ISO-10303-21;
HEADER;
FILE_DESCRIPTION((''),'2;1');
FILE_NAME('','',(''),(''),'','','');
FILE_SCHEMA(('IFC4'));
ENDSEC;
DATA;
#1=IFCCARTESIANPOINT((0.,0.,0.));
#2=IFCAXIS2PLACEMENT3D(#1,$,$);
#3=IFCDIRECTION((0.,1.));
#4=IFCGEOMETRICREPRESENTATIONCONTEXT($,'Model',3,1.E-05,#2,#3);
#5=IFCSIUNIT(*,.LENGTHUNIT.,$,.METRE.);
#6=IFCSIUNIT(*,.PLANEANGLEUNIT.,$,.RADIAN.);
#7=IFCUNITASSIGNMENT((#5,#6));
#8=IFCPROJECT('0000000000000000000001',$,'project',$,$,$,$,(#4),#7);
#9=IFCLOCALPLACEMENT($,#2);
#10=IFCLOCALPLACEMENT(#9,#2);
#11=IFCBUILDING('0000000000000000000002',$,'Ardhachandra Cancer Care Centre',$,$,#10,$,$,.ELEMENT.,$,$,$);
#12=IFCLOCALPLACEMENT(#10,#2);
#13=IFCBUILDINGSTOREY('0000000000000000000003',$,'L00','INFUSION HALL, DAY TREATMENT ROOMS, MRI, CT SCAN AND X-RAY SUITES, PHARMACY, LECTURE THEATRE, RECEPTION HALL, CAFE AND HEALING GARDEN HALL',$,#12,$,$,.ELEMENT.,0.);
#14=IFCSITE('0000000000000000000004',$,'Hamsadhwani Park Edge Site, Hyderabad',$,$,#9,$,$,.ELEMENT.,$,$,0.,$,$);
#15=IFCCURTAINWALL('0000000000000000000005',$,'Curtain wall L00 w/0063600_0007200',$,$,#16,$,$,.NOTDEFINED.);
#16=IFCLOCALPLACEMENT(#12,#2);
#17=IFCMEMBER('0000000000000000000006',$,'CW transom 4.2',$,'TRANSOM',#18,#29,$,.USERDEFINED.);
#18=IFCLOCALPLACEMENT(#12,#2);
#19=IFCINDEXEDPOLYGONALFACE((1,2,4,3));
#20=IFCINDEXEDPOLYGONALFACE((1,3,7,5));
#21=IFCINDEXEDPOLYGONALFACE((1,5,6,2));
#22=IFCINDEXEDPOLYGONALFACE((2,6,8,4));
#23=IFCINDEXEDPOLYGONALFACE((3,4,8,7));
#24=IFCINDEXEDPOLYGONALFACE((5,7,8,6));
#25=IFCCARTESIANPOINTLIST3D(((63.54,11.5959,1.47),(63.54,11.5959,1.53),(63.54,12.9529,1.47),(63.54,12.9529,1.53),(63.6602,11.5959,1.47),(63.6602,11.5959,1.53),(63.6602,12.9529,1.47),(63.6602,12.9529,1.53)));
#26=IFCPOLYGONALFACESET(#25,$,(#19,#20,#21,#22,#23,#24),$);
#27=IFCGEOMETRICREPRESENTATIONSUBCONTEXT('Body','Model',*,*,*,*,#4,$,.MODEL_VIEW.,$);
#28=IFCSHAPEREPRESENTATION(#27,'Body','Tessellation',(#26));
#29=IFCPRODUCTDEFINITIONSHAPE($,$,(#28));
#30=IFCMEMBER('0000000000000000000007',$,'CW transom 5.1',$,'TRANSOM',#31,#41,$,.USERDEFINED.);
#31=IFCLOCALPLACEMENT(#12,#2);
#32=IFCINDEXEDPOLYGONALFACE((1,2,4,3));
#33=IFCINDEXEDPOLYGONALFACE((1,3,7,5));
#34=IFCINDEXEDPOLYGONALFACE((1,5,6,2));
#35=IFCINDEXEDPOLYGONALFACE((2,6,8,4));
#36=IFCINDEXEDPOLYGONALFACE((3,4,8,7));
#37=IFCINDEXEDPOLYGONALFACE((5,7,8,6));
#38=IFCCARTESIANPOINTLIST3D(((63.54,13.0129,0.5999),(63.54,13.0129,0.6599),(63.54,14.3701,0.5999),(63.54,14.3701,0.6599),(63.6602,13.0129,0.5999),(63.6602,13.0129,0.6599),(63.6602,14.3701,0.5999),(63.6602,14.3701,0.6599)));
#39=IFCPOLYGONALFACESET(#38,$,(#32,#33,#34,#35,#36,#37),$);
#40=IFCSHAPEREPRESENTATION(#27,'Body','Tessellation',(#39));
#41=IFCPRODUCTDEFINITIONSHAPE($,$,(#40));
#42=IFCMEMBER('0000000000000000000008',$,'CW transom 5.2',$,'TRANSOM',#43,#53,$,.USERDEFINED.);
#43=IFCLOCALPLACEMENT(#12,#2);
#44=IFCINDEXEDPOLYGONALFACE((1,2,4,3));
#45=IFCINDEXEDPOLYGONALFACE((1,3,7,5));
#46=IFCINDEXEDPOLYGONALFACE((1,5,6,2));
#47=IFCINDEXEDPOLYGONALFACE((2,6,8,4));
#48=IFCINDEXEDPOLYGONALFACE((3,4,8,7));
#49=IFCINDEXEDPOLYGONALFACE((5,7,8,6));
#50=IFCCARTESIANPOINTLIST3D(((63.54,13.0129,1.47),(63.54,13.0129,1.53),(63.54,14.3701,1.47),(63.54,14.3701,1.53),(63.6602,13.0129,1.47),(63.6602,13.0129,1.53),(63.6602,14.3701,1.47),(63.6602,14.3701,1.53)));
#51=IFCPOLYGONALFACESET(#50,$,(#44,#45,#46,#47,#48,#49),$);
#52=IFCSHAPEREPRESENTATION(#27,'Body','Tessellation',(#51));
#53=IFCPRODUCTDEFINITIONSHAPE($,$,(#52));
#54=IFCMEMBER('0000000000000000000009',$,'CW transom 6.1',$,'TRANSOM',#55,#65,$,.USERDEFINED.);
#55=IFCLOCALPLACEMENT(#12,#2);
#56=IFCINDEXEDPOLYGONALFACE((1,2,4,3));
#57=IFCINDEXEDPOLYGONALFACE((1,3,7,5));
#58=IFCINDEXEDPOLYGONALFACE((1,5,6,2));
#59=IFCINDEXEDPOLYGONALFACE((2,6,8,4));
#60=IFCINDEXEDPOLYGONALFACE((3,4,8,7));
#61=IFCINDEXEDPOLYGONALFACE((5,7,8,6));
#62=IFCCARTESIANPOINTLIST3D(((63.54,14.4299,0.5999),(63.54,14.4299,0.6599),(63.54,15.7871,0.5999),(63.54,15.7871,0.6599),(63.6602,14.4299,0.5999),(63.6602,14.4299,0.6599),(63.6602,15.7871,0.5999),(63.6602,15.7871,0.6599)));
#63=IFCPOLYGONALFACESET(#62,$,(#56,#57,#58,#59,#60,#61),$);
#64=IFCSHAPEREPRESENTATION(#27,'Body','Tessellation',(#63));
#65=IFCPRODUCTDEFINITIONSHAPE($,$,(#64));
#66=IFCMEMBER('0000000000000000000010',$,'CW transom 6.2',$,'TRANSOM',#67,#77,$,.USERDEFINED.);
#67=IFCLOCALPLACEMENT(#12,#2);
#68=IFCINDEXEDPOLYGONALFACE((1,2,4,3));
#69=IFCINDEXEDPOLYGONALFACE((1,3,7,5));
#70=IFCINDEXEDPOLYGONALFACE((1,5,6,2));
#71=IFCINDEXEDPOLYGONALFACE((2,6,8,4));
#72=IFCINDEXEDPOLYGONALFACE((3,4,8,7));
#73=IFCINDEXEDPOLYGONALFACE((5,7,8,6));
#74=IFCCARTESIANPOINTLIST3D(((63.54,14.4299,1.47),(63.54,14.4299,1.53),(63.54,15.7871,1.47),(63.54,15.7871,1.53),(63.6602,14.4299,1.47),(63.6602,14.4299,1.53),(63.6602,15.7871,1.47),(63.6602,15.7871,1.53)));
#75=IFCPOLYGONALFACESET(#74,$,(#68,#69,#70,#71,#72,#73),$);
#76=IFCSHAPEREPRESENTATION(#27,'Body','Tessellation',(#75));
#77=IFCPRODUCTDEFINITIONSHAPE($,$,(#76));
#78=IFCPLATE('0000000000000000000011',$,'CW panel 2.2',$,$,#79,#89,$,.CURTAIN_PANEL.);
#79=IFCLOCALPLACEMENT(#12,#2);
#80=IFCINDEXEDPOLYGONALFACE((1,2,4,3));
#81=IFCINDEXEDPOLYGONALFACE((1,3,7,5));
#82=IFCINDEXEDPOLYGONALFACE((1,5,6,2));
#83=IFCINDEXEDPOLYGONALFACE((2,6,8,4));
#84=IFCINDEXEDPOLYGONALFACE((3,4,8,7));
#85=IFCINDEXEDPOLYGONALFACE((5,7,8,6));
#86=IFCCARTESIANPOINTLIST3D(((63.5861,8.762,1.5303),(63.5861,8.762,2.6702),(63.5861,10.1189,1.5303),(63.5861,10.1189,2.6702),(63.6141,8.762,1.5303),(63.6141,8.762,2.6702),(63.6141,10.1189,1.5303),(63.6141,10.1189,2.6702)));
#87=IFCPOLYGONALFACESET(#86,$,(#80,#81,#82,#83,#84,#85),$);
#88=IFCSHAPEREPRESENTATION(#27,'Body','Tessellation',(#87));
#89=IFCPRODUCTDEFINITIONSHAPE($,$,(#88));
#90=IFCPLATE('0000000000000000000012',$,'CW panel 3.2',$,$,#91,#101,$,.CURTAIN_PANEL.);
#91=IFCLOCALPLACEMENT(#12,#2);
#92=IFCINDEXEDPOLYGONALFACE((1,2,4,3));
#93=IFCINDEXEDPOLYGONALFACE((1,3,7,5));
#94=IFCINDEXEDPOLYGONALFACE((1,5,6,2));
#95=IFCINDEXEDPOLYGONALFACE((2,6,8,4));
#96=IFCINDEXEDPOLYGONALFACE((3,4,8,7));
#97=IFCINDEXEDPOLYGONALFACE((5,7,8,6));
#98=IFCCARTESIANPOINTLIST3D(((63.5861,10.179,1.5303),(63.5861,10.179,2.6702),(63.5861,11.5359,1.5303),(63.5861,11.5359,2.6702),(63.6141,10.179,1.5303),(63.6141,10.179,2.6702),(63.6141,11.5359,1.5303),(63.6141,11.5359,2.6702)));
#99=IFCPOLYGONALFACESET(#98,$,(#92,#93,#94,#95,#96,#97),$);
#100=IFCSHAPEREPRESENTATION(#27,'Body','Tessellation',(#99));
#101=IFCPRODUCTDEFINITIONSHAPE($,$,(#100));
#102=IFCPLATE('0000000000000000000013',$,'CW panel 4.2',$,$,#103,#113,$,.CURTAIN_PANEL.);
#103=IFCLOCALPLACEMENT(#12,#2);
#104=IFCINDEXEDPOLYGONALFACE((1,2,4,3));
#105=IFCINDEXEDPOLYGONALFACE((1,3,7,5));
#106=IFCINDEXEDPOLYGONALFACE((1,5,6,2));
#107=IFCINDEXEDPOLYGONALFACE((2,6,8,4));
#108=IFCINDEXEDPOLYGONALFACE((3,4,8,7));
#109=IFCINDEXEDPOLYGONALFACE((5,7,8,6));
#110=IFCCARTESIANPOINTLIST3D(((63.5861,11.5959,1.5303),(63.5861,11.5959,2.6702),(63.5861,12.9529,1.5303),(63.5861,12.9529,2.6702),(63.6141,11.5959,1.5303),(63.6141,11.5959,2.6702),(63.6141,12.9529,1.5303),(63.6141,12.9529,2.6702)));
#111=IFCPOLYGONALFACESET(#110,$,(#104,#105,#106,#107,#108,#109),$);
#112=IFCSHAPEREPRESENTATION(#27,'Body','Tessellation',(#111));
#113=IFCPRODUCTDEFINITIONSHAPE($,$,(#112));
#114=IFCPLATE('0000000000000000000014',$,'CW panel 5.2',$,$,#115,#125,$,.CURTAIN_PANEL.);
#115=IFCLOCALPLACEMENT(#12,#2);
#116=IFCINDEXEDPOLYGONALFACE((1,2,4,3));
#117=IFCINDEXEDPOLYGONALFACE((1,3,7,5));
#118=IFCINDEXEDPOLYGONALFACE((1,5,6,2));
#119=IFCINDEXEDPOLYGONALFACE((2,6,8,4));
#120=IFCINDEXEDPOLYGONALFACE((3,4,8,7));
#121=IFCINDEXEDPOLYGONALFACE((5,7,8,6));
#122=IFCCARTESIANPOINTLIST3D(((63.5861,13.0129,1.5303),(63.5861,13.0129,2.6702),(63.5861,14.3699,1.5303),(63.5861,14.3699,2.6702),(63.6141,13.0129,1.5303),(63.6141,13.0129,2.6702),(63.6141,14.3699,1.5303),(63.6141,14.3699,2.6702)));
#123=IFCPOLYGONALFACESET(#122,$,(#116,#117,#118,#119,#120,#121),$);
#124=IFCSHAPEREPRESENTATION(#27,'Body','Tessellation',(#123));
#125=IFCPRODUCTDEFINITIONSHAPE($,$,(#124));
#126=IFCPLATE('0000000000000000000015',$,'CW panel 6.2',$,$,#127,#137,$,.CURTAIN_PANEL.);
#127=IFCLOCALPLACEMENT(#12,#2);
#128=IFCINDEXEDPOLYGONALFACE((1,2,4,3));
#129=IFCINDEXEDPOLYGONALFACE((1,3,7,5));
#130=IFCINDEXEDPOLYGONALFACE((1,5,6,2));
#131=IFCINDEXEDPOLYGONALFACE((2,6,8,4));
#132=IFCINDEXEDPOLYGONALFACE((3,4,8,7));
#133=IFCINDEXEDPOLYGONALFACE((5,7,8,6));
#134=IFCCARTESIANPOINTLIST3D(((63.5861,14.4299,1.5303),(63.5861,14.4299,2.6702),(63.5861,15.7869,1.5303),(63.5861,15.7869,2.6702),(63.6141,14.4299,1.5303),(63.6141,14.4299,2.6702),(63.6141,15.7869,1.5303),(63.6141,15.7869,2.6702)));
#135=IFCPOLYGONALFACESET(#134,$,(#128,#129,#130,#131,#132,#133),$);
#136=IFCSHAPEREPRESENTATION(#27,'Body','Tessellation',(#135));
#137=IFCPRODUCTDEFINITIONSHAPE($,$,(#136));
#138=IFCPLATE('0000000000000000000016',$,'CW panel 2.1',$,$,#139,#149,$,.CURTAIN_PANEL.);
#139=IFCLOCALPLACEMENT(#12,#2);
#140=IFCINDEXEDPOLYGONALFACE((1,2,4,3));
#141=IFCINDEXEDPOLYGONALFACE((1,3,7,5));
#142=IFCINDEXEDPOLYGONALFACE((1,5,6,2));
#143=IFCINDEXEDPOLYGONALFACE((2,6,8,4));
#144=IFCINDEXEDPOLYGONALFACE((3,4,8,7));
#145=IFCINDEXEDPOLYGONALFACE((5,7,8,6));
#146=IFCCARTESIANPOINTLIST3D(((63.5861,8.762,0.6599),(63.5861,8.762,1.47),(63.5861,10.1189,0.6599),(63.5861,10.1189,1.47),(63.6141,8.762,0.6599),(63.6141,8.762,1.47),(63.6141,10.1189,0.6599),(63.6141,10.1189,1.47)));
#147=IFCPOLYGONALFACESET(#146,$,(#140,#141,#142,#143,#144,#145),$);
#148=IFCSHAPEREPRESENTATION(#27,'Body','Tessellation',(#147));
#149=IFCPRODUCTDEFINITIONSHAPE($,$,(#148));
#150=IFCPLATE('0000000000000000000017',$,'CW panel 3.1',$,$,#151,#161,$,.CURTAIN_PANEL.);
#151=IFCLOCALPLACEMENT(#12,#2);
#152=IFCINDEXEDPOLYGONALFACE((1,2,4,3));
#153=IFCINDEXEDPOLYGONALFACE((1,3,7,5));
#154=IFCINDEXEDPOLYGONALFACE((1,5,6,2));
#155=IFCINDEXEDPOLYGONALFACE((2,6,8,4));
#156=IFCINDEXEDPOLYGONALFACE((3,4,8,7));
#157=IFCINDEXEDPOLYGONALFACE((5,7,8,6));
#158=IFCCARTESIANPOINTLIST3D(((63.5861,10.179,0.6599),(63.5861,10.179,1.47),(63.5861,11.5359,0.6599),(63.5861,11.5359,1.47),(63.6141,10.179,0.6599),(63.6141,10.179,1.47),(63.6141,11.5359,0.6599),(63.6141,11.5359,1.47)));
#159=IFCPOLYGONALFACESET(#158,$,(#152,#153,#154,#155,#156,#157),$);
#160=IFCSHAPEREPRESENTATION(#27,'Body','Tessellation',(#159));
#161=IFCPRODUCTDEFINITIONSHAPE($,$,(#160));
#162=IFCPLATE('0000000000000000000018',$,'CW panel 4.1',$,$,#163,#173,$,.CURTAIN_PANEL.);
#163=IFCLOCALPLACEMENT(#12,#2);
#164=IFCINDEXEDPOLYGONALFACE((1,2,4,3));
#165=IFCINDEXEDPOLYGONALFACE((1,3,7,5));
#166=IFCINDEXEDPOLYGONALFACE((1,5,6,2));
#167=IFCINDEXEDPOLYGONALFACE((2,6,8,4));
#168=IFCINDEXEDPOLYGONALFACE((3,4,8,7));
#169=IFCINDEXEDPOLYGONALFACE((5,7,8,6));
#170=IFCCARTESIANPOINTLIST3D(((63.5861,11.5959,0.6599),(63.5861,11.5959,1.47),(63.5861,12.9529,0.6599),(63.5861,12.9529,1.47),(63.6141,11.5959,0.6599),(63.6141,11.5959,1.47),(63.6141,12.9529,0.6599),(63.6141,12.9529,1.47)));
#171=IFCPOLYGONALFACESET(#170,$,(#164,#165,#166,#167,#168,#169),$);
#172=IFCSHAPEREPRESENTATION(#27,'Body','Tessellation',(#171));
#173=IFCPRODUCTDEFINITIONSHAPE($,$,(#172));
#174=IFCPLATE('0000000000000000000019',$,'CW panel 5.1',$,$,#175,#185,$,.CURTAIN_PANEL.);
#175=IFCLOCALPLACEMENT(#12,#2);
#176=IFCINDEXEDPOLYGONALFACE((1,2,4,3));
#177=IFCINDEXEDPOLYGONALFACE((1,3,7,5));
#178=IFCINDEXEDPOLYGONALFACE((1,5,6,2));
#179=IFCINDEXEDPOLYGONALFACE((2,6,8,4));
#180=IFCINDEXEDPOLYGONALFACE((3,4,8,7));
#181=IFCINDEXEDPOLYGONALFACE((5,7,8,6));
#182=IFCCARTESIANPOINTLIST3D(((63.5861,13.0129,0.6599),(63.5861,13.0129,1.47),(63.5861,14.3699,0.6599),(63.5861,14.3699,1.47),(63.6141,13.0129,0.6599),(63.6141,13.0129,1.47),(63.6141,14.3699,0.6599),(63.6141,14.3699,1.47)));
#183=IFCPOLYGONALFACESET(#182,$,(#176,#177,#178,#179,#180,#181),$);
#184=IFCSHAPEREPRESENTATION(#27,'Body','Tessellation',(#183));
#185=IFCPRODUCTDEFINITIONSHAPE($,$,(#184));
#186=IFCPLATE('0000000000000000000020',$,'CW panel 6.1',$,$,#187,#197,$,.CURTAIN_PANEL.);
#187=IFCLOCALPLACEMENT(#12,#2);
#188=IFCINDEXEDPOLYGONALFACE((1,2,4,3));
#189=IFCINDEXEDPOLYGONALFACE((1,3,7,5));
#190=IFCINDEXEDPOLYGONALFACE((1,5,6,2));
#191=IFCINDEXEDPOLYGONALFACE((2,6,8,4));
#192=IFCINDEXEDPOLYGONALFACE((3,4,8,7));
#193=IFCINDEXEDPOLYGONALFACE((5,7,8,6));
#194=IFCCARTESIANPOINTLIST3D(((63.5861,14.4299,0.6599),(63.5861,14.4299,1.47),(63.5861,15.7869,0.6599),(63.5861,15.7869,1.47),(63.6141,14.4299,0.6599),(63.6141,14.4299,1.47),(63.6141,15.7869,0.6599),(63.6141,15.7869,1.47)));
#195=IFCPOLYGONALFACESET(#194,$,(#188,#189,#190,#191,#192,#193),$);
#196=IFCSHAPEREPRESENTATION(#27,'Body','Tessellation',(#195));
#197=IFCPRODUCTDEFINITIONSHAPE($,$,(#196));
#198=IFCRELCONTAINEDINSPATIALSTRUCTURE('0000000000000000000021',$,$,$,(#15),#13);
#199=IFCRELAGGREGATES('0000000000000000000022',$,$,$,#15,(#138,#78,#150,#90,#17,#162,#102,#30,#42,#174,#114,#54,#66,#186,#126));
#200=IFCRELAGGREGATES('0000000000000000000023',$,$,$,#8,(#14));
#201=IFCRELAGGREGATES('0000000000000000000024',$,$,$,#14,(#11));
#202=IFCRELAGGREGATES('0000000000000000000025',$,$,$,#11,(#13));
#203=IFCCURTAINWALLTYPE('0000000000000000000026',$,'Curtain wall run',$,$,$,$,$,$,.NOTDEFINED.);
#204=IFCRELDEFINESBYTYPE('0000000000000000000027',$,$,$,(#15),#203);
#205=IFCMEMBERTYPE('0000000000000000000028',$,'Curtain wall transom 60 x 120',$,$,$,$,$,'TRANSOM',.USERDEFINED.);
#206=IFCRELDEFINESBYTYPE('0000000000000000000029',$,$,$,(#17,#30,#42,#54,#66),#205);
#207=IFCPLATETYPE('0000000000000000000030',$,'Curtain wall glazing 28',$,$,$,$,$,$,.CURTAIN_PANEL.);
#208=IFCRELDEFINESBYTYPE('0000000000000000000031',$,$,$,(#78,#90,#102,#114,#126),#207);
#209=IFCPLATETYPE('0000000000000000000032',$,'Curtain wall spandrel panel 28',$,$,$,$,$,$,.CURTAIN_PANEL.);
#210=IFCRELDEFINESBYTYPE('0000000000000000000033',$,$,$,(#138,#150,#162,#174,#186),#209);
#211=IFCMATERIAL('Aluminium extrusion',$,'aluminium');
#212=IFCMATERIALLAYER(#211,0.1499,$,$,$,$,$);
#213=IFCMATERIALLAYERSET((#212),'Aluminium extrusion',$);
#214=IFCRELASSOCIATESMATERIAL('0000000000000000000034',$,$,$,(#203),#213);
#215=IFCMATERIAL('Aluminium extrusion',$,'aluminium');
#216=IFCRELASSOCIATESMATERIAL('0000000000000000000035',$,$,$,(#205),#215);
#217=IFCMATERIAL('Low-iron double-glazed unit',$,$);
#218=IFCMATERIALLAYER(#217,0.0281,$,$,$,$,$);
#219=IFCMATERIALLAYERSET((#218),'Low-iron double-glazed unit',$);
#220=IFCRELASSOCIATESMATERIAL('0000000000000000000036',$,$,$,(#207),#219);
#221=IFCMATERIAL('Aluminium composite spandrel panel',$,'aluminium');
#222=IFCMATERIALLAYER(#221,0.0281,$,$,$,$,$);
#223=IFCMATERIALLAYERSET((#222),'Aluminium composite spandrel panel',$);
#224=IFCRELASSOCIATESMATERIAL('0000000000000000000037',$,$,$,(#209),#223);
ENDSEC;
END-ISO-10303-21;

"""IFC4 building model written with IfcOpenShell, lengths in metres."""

from ifc_helpers import new_model, si_unit, direction, frame, origin, origin_2d, place, context, subcontext, project, spatial, rectangle, extrude, material, layer, layer_set, material_profile, profile_set, type_object, element, aggregate, save


model = new_model("IFC4")

# Units and contexts
model_context = context("Model", 3, precision=1e-05, world=origin(), true_north=direction((0.0, 1.0)))
body_context = subcontext(model_context, "Body", "Model", "MODEL_VIEW")
ifc_project = project(units=[si_unit("LENGTHUNIT", "METRE"), si_unit("PLANEANGLEUNIT", "RADIAN")], contexts=[model_context])

# Site, building, storey
site_placement = place(None, origin())
site = spatial("IfcSite", under=ifc_project, at=site_placement, Name="Hamsadhwani Park Edge Site, Hyderabad", CompositionType="ELEMENT", RefElevation=0.0)
building_placement = place(site_placement, origin())
building = spatial("IfcBuilding", under=site, at=building_placement, Name="Ardhachandra Cancer Care Centre", CompositionType="ELEMENT")
storey_placement = place(building_placement, origin())
storey = spatial("IfcBuildingStorey", under=building, at=storey_placement, Name="L00", Description="INFUSION HALL, DAY TREATMENT ROOMS, MRI, CT SCAN AND X-RAY SUITES, PHARMACY, LECTURE THEATRE, RECEPTION HALL, CAFE AND HEALING GARDEN HALL", CompositionType="ELEMENT", Elevation=0.0)

# Curtain wall, members, plates
ifc_material_1 = material(Name="Aluminium extrusion", Category="aluminium")
ifc_layer_1 = layer(ifc_material_1, 0.1499)
ifc_layer_set_1 = layer_set([ifc_layer_1], Name="Aluminium extrusion")
curtain_wall_type = type_object("IfcCurtainWallType", Name="Curtain wall run", PredefinedType="NOTDEFINED", material=ifc_layer_set_1)
curtain_wall_placement = place(storey_placement, origin())
curtain_wall = element("IfcCurtainWall", 1, at=curtain_wall_placement, inside=storey, type_object=curtain_wall_type, Name="Curtain wall L00 w/0063600_0007200", PredefinedType="NOTDEFINED")
ifc_material_2 = material(Name="Aluminium extrusion", Category="aluminium")
ifc_material_profile_1 = material_profile(ifc_material_2, rectangle(XDim=0.1201, YDim=0.0601, at=origin_2d()), Name="Curtain wall transom 60 x 120")
ifc_profile_set_1 = profile_set([ifc_material_profile_1], Name="Aluminium extrusion")
member_type_1 = type_object("IfcMemberType", Name="Curtain wall transom 60 x 120", ElementType="TRANSOM", PredefinedType="USERDEFINED", material=ifc_profile_set_1)
member_1_placement = place(storey_placement, frame((63.6001, 11.5959, 1.5), z_axis=(0.0, 1.0, 0.0), x_axis=(-1.0, 0.0, 0.0)))
member_1 = element("IfcMember", 2, at=member_1_placement, type_object=member_type_1, Name="CW transom 4.2", ObjectType="TRANSOM", PredefinedType="USERDEFINED", context=body_context, shape_type="SweptSolid", body=[
    extrude(rectangle(XDim=0.1201, YDim=0.0601, at=origin_2d()), origin(), (0.0, 0.0, 1.0), 1.3569),
])
member_2_placement = place(storey_placement, frame((63.6001, 13.0129, 0.6299), z_axis=(0.0, 1.0, 0.0), x_axis=(-1.0, 0.0, 0.0)))
member_2 = element("IfcMember", 3, at=member_2_placement, type_object=member_type_1, Name="CW transom 5.1", ObjectType="TRANSOM", PredefinedType="USERDEFINED", context=body_context, shape_type="SweptSolid", body=[
    extrude(rectangle(XDim=0.1201, YDim=0.0601, at=origin_2d()), origin(), (0.0, 0.0, 1.0), 1.3572),
])
member_3_placement = place(storey_placement, frame((63.6001, 13.0129, 1.5), z_axis=(0.0, 1.0, 0.0), x_axis=(-1.0, 0.0, 0.0)))
member_3 = element("IfcMember", 4, at=member_3_placement, type_object=member_type_1, Name="CW transom 5.2", ObjectType="TRANSOM", PredefinedType="USERDEFINED", context=body_context, shape_type="SweptSolid", body=[
    extrude(rectangle(XDim=0.1201, YDim=0.0601, at=origin_2d()), origin(), (0.0, 0.0, 1.0), 1.3572),
])
member_4_placement = place(storey_placement, frame((63.6001, 14.4299, 0.6299), z_axis=(0.0, 1.0, 0.0), x_axis=(-1.0, 0.0, 0.0)))
member_4 = element("IfcMember", 5, at=member_4_placement, type_object=member_type_1, Name="CW transom 6.1", ObjectType="TRANSOM", PredefinedType="USERDEFINED", context=body_context, shape_type="SweptSolid", body=[
    extrude(rectangle(XDim=0.1201, YDim=0.0601, at=origin_2d()), origin(), (0.0, 0.0, 1.0), 1.3572),
])
member_5_placement = place(storey_placement, frame((63.6001, 14.4299, 1.5), z_axis=(0.0, 1.0, 0.0), x_axis=(-1.0, 0.0, 0.0)))
member_5 = element("IfcMember", 6, at=member_5_placement, type_object=member_type_1, Name="CW transom 6.2", ObjectType="TRANSOM", PredefinedType="USERDEFINED", context=body_context, shape_type="SweptSolid", body=[
    extrude(rectangle(XDim=0.1201, YDim=0.0601, at=origin_2d()), origin(), (0.0, 0.0, 1.0), 1.3572),
])
ifc_material_3 = material(Name="Low-iron double-glazed unit")
ifc_layer_2 = layer(ifc_material_3, 0.0281)
ifc_layer_set_2 = layer_set([ifc_layer_2], Name="Low-iron double-glazed unit")
plate_type_1 = type_object("IfcPlateType", Name="Curtain wall glazing 28", PredefinedType="CURTAIN_PANEL", material=ifc_layer_set_2)
plate_1_placement = place(storey_placement, frame((63.6001, 9.4404, 1.5303), z_axis=(0.0, 0.0, 1.0), x_axis=(0.0, 1.0, 0.0)))
plate_1 = element("IfcPlate", 7, at=plate_1_placement, type_object=plate_type_1, Name="CW panel 2.2", PredefinedType="CURTAIN_PANEL", context=body_context, shape_type="SweptSolid", body=[
    extrude(rectangle(XDim=1.3569, YDim=0.0281, at=origin_2d()), origin(), (0.0, 0.0, 1.0), 1.1399),
])
plate_2_placement = place(storey_placement, frame((63.6001, 10.8574, 1.5303), z_axis=(0.0, 0.0, 1.0), x_axis=(0.0, 1.0, 0.0)))
plate_2 = element("IfcPlate", 8, at=plate_2_placement, type_object=plate_type_1, Name="CW panel 3.2", PredefinedType="CURTAIN_PANEL", context=body_context, shape_type="SweptSolid", body=[
    extrude(rectangle(XDim=1.3569, YDim=0.0281, at=origin_2d()), origin(), (0.0, 0.0, 1.0), 1.1399),
])
plate_3_placement = place(storey_placement, frame((63.6001, 12.2744, 1.5303), z_axis=(0.0, 0.0, 1.0), x_axis=(0.0, 1.0, 0.0)))
plate_3 = element("IfcPlate", 9, at=plate_3_placement, type_object=plate_type_1, Name="CW panel 4.2", PredefinedType="CURTAIN_PANEL", context=body_context, shape_type="SweptSolid", body=[
    extrude(rectangle(XDim=1.3569, YDim=0.0281, at=origin_2d()), origin(), (0.0, 0.0, 1.0), 1.1399),
])
plate_4_placement = place(storey_placement, frame((63.6001, 13.6914, 1.5303), z_axis=(0.0, 0.0, 1.0), x_axis=(0.0, 1.0, 0.0)))
plate_4 = element("IfcPlate", 10, at=plate_4_placement, type_object=plate_type_1, Name="CW panel 5.2", PredefinedType="CURTAIN_PANEL", context=body_context, shape_type="SweptSolid", body=[
    extrude(rectangle(XDim=1.3569, YDim=0.0281, at=origin_2d()), origin(), (0.0, 0.0, 1.0), 1.1399),
])
plate_5_placement = place(storey_placement, frame((63.6001, 15.1084, 1.5303), z_axis=(0.0, 0.0, 1.0), x_axis=(0.0, 1.0, 0.0)))
plate_5 = element("IfcPlate", 11, at=plate_5_placement, type_object=plate_type_1, Name="CW panel 6.2", PredefinedType="CURTAIN_PANEL", context=body_context, shape_type="SweptSolid", body=[
    extrude(rectangle(XDim=1.3569, YDim=0.0281, at=origin_2d()), origin(), (0.0, 0.0, 1.0), 1.1399),
])
ifc_material_4 = material(Name="Aluminium composite spandrel panel", Category="aluminium")
ifc_layer_3 = layer(ifc_material_4, 0.0281)
ifc_layer_set_3 = layer_set([ifc_layer_3], Name="Aluminium composite spandrel panel")
plate_type_2 = type_object("IfcPlateType", Name="Curtain wall spandrel panel 28", PredefinedType="CURTAIN_PANEL", material=ifc_layer_set_3)
plate_6_placement = place(storey_placement, frame((63.6001, 9.4404, 0.6599), z_axis=(0.0, 0.0, 1.0), x_axis=(0.0, 1.0, 0.0)))
plate_6 = element("IfcPlate", 12, at=plate_6_placement, type_object=plate_type_2, Name="CW panel 2.1", PredefinedType="CURTAIN_PANEL", context=body_context, shape_type="SweptSolid", body=[
    extrude(rectangle(XDim=1.3569, YDim=0.0281, at=origin_2d()), origin(), (0.0, 0.0, 1.0), 0.8101),
])
plate_7_placement = place(storey_placement, frame((63.6001, 10.8574, 0.6599), z_axis=(0.0, 0.0, 1.0), x_axis=(0.0, 1.0, 0.0)))
plate_7 = element("IfcPlate", 13, at=plate_7_placement, type_object=plate_type_2, Name="CW panel 3.1", PredefinedType="CURTAIN_PANEL", context=body_context, shape_type="SweptSolid", body=[
    extrude(rectangle(XDim=1.3569, YDim=0.0281, at=origin_2d()), origin(), (0.0, 0.0, 1.0), 0.8101),
])
plate_8_placement = place(storey_placement, frame((63.6001, 12.2744, 0.6599), z_axis=(0.0, 0.0, 1.0), x_axis=(0.0, 1.0, 0.0)))
plate_8 = element("IfcPlate", 14, at=plate_8_placement, type_object=plate_type_2, Name="CW panel 4.1", PredefinedType="CURTAIN_PANEL", context=body_context, shape_type="SweptSolid", body=[
    extrude(rectangle(XDim=1.3569, YDim=0.0281, at=origin_2d()), origin(), (0.0, 0.0, 1.0), 0.8101),
])
plate_9_placement = place(storey_placement, frame((63.6001, 13.6914, 0.6599), z_axis=(0.0, 0.0, 1.0), x_axis=(0.0, 1.0, 0.0)))
plate_9 = element("IfcPlate", 15, at=plate_9_placement, type_object=plate_type_2, Name="CW panel 5.1", PredefinedType="CURTAIN_PANEL", context=body_context, shape_type="SweptSolid", body=[
    extrude(rectangle(XDim=1.3569, YDim=0.0281, at=origin_2d()), origin(), (0.0, 0.0, 1.0), 0.8101),
])
plate_10_placement = place(storey_placement, frame((63.6001, 15.1084, 0.6599), z_axis=(0.0, 0.0, 1.0), x_axis=(0.0, 1.0, 0.0)))
plate_10 = element("IfcPlate", 16, at=plate_10_placement, type_object=plate_type_2, Name="CW panel 6.1", PredefinedType="CURTAIN_PANEL", context=body_context, shape_type="SweptSolid", body=[
    extrude(rectangle(XDim=1.3569, YDim=0.0281, at=origin_2d()), origin(), (0.0, 0.0, 1.0), 0.8101),
])
aggregate(curtain_wall, [plate_6, plate_1, plate_7, plate_2, member_1, plate_8, plate_3, member_2, member_3, plate_9, plate_4, member_4, member_5, plate_10, plate_5])

save(model, "model.ifc")
